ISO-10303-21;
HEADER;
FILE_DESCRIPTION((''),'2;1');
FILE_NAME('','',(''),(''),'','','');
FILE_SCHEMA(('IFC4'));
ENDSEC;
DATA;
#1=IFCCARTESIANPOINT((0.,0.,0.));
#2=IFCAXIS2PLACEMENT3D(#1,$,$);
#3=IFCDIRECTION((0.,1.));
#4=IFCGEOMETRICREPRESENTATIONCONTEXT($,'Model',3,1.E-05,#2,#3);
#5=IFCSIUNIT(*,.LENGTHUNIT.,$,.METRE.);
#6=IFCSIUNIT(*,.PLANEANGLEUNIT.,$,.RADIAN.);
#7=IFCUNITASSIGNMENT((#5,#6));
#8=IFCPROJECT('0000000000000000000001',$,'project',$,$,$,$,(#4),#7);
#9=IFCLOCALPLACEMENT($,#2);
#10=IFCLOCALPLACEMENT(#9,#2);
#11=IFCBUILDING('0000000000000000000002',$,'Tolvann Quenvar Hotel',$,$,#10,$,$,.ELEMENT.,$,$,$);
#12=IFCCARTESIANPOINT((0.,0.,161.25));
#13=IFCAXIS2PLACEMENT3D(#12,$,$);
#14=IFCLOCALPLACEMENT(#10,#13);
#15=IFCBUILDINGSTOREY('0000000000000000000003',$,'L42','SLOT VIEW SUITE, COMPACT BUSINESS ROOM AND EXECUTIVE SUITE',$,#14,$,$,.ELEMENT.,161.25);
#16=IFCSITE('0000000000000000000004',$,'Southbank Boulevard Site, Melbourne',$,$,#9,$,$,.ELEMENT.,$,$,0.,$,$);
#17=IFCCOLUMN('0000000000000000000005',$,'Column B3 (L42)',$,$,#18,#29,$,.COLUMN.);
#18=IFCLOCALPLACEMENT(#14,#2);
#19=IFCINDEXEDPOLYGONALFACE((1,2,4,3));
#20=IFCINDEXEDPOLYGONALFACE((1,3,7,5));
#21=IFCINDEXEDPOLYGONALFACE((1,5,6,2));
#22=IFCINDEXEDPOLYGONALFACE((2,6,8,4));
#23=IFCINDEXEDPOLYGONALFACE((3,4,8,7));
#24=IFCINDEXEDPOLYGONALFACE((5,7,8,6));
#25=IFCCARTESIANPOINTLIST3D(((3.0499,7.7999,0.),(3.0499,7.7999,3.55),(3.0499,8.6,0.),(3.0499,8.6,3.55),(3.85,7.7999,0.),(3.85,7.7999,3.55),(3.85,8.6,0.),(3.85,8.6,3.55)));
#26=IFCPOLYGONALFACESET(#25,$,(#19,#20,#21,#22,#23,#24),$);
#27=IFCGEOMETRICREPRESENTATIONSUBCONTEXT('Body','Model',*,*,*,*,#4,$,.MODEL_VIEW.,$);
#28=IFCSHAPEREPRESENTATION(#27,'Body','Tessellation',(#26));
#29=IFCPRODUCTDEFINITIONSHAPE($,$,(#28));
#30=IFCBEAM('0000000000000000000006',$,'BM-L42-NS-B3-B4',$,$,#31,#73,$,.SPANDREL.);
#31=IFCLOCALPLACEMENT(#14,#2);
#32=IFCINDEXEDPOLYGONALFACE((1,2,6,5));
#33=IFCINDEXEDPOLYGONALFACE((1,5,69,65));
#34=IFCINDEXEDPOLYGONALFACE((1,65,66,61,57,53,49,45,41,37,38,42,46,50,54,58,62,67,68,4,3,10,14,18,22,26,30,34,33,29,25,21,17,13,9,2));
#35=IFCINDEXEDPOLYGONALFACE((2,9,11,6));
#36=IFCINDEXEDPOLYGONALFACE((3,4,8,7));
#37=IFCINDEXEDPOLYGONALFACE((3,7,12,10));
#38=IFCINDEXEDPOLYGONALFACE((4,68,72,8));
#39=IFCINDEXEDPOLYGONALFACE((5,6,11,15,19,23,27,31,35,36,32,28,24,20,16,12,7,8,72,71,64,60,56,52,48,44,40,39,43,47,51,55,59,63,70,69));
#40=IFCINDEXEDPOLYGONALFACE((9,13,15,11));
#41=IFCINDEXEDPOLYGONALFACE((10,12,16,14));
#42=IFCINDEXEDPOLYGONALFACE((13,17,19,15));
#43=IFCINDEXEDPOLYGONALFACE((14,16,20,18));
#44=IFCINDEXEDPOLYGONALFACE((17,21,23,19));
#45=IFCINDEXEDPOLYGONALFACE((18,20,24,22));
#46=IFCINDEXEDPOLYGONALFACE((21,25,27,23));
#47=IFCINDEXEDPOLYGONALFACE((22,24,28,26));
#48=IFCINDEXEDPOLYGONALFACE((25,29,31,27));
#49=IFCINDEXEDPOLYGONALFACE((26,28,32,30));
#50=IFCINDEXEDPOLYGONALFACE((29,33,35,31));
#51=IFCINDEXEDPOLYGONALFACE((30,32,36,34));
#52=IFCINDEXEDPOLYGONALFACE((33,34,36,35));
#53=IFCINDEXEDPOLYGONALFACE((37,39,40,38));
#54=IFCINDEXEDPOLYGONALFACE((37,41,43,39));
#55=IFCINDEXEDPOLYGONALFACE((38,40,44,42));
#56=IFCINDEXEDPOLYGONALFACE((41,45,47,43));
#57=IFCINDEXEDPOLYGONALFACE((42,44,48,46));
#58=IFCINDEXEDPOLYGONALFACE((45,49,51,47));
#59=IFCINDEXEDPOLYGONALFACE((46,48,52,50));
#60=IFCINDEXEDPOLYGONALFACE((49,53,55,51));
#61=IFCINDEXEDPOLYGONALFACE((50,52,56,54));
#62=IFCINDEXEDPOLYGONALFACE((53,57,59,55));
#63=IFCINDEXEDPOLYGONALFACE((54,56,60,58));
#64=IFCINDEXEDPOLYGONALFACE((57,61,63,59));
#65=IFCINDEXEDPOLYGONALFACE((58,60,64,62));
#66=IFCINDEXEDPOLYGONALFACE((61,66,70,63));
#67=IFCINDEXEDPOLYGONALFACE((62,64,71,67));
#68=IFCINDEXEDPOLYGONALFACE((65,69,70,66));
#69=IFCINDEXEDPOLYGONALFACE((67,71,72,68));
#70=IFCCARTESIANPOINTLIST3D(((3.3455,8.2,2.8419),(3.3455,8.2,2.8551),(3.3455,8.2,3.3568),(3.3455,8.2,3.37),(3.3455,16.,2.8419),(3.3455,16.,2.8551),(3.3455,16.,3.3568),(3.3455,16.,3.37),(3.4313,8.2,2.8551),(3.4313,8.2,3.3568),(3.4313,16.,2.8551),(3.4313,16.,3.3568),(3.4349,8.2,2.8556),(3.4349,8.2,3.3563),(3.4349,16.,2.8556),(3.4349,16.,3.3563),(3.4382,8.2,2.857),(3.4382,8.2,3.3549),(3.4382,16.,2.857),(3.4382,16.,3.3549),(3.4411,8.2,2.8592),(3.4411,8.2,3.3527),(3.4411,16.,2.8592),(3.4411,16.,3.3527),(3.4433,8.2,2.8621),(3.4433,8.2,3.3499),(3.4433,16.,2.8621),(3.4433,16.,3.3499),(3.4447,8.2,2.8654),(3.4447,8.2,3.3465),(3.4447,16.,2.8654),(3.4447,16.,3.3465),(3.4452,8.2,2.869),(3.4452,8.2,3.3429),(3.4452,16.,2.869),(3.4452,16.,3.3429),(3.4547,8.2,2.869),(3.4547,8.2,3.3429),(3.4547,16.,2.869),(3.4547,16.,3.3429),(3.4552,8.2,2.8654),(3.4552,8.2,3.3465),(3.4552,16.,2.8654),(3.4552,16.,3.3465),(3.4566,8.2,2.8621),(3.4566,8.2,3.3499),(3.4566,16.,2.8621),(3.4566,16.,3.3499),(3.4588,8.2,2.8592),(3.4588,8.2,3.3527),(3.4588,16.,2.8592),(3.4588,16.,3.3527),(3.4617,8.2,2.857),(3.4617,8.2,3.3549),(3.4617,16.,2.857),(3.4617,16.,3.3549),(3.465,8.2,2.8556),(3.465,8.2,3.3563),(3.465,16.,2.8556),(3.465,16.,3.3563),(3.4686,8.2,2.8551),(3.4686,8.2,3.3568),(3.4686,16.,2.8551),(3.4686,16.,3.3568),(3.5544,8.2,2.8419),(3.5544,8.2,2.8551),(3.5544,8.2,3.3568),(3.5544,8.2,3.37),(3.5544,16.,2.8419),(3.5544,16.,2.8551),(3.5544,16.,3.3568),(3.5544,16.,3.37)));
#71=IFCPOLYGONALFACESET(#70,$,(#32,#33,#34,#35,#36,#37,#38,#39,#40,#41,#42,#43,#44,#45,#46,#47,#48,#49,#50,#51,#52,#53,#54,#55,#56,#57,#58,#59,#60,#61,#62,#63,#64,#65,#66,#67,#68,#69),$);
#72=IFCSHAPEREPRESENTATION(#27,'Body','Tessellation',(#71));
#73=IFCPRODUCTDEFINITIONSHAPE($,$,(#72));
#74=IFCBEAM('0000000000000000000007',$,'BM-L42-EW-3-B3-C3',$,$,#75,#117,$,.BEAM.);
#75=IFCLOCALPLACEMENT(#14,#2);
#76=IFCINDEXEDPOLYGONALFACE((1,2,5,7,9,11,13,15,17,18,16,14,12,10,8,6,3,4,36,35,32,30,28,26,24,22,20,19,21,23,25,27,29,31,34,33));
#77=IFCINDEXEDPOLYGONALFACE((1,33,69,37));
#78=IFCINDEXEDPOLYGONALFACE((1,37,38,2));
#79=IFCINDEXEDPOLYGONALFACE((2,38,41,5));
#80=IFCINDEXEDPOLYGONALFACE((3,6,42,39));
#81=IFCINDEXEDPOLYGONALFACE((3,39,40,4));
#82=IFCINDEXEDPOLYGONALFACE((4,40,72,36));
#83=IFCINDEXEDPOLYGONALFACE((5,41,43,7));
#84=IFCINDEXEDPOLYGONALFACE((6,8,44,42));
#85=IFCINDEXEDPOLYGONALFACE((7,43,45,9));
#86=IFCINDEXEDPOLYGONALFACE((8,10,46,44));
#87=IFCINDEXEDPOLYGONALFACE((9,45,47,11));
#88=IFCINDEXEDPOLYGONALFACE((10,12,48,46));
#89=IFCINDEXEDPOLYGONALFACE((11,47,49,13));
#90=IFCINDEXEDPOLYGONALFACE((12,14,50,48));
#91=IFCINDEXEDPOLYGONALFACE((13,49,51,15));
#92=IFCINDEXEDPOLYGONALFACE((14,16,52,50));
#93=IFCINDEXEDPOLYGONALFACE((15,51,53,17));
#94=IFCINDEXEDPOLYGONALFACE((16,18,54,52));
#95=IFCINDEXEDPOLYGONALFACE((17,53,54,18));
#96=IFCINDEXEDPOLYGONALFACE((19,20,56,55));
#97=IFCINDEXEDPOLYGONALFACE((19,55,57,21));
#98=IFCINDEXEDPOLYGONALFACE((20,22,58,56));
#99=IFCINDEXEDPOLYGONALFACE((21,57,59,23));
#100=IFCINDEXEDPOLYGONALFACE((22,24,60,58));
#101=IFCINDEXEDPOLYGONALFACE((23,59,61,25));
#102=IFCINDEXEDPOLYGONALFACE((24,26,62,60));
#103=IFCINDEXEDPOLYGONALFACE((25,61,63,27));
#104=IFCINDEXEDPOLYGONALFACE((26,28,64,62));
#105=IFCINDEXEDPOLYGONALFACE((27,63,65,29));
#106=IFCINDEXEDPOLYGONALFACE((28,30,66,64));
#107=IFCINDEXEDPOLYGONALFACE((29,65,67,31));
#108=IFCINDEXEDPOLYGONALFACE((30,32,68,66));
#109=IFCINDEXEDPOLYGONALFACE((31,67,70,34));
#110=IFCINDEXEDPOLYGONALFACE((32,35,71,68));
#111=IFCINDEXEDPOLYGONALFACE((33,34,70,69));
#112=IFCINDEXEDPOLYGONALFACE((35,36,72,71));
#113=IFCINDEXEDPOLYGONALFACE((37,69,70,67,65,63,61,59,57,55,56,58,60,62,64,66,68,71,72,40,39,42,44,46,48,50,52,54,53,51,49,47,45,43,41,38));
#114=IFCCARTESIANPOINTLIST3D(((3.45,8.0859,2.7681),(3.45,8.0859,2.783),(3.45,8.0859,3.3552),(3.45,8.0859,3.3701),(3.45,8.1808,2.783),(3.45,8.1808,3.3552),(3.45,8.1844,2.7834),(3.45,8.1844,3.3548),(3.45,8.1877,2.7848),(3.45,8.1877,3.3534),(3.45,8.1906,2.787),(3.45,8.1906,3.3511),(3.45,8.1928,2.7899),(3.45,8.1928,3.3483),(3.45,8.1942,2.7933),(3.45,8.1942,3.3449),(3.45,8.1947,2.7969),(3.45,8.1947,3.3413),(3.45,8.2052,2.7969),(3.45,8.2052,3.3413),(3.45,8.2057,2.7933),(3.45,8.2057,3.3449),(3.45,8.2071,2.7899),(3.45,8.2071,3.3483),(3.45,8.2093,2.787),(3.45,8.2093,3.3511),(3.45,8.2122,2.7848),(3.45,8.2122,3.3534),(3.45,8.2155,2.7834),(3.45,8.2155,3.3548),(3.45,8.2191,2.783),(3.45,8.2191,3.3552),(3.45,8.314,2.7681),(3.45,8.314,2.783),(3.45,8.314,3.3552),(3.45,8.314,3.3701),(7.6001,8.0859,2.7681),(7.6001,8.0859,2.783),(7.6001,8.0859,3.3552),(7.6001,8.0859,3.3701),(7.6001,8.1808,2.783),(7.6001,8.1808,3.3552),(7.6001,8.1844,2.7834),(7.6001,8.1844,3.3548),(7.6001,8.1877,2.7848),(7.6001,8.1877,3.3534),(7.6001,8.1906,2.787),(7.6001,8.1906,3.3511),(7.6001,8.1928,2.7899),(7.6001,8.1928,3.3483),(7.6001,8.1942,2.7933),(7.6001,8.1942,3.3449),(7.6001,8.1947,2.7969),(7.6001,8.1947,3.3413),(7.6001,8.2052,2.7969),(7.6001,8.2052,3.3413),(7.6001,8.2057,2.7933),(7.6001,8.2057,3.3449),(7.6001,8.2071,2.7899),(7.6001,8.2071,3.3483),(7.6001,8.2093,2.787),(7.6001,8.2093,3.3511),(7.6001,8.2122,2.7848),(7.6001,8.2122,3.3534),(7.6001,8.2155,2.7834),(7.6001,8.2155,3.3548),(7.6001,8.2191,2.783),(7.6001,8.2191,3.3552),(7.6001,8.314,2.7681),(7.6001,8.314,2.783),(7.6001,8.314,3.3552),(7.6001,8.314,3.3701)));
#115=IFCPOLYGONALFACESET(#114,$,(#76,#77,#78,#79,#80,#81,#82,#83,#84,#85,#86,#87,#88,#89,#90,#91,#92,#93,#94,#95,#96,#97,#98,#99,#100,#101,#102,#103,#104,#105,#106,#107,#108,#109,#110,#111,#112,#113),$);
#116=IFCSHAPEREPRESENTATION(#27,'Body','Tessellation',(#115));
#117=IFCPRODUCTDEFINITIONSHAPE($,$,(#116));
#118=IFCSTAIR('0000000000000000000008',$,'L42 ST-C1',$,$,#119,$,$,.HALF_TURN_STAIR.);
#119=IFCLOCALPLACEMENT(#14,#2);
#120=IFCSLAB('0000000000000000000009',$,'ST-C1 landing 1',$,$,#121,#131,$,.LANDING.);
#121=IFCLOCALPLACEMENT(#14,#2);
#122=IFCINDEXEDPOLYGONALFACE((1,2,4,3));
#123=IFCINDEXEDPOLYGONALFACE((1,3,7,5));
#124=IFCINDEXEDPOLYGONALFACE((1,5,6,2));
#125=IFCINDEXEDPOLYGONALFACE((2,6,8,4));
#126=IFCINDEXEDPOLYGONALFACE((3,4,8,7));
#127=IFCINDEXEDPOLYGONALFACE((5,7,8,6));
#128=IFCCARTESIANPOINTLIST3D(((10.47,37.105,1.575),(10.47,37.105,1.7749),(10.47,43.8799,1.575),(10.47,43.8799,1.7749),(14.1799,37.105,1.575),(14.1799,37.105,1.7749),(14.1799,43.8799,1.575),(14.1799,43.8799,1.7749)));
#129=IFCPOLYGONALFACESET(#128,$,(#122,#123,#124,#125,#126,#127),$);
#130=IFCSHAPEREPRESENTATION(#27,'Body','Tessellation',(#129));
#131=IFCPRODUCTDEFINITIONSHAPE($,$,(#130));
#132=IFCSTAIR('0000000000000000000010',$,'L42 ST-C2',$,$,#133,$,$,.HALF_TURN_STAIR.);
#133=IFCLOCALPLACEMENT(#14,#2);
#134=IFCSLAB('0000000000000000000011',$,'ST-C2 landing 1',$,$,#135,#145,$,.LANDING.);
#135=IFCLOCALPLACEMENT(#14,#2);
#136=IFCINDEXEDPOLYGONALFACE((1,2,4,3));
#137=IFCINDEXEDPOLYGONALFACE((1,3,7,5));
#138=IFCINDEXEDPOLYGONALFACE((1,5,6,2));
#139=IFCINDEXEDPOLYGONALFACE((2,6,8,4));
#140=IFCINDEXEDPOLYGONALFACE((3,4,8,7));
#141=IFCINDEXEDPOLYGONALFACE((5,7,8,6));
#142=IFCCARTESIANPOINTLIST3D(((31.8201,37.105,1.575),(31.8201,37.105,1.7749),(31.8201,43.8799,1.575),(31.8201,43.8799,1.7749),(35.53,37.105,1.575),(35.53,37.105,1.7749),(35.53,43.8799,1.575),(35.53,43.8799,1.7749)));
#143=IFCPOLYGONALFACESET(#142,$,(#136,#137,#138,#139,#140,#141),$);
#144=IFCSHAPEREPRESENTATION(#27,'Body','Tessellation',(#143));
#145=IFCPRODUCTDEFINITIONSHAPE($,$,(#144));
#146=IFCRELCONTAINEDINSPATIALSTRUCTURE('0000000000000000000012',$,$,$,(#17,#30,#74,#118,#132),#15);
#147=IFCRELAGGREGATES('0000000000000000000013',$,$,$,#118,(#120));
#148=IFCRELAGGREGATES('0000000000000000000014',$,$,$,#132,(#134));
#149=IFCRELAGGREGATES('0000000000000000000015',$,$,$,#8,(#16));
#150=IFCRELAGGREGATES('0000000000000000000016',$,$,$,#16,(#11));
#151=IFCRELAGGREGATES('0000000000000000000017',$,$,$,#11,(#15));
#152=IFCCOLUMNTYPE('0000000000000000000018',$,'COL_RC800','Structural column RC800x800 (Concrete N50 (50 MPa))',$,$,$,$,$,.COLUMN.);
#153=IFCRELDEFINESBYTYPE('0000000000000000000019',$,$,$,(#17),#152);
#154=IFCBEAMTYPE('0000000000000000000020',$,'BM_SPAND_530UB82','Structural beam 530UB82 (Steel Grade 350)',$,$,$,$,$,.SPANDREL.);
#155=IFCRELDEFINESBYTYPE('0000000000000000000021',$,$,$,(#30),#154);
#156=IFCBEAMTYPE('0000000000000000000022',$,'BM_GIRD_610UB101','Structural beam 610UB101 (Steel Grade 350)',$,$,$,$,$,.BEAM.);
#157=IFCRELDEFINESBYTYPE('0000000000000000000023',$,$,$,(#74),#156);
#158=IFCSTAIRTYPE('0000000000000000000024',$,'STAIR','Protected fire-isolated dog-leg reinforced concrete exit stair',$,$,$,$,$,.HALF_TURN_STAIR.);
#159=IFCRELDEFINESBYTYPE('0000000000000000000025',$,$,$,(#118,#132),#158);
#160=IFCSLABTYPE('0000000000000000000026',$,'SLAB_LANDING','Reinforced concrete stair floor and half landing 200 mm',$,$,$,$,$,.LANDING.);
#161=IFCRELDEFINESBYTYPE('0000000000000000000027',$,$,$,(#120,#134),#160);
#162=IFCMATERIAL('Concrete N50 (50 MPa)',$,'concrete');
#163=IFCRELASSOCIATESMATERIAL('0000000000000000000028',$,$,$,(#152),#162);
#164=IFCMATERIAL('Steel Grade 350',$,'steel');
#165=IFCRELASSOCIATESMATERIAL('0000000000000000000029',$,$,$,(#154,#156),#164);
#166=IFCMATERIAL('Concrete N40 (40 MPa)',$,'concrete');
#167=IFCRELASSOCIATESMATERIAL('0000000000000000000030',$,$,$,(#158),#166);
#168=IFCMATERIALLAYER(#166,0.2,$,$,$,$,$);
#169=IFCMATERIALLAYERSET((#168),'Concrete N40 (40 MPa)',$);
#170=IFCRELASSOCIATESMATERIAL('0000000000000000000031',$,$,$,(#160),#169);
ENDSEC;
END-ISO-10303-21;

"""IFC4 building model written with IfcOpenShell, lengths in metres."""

from ifc_helpers import new_model, si_unit, direction, frame, origin, origin_2d, place, context, subcontext, project, spatial, polyline, rectangle, i_section, outline, extrude, source, transform, mapped, material, layer, layer_set, material_profile, profile_set, type_object, type_shapes, element, aggregate, save


model = new_model("IFC4")

# Units and contexts
model_context = context("Model", 3, precision=1e-05, world=origin(), true_north=direction((0.0, 1.0)))
body_context = subcontext(model_context, "Body", "Model", "MODEL_VIEW")
ifc_project = project(units=[si_unit("LENGTHUNIT", "METRE"), si_unit("PLANEANGLEUNIT", "RADIAN")], contexts=[model_context])

# Site, building, storey
site_placement = place(None, origin())
site = spatial("IfcSite", under=ifc_project, at=site_placement, Name="Southbank Boulevard Site, Melbourne", CompositionType="ELEMENT", RefElevation=0.0)
building_placement = place(site_placement, origin())
building = spatial("IfcBuilding", under=site, at=building_placement, Name="Tolvann Quenvar Hotel", CompositionType="ELEMENT")
storey_placement = place(building_placement, frame((0.0, 0.0, 161.25)))
storey = spatial("IfcBuildingStorey", under=building, at=storey_placement, Name="L42", Description="SLOT VIEW SUITE, COMPACT BUSINESS ROOM AND EXECUTIVE SUITE", CompositionType="ELEMENT", Elevation=161.25)

# Column
ifc_material_1 = material(Name="Concrete N50 (50 MPa)", Category="concrete")
ifc_material_profile_1 = material_profile(ifc_material_1, rectangle(XDim=0.8, YDim=0.8, at=origin_2d()), Name="RC800x800")
ifc_profile_set_1 = profile_set([ifc_material_profile_1], Name="Concrete N50 (50 MPa)")
column_type = type_object("IfcColumnType", Name="COL_RC800", Description="Structural column RC800x800 (Concrete N50 (50 MPa))", PredefinedType="COLUMN", material=ifc_profile_set_1)
shared_shape_1 = source(origin(), body_context, "Body", "SweptSolid", [
    extrude(rectangle(XDim=0.8, YDim=0.8, at=origin_2d()), origin(), (0.0, 0.0, 1.0), 3.55),
])
type_shapes(column_type, [shared_shape_1])
column_placement = place(storey_placement, frame((3.45, 8.2, 0.0), z_axis=(0.0, 0.0, 1.0), x_axis=(1.0, 0.0, 0.0)))
element("IfcColumn", 1, at=column_placement, inside=storey, type_object=column_type, Name="Column B3 (L42)", PredefinedType="COLUMN", context=body_context, shape_type="MappedRepresentation", body=[
    mapped(shared_shape_1, transform((0.0, 0.0, 0.0), x_axis=(1.0, 0.0, 0.0), y_axis=(0.0, 1.0, 0.0), z_axis=(0.0, 0.0, 1.0), scale=1.0)),
])

# Beams
ifc_material_2 = material(Name="Steel Grade 350", Category="steel")
ifc_material_profile_2 = material_profile(ifc_material_2, i_section(OverallWidth=0.209, OverallDepth=0.5281, WebThickness=0.0095, FlangeThickness=0.0132, FilletRadius=0.0139, at=origin_2d()), Name="530UB82")
ifc_profile_set_2 = profile_set([ifc_material_profile_2], Name="Steel Grade 350")
beam_type_1 = type_object("IfcBeamType", Name="BM_SPAND_530UB82", Description="Structural beam 530UB82 (Steel Grade 350)", PredefinedType="SPANDREL", material=ifc_profile_set_2)
shared_shape_2 = source(origin(), body_context, "Body", "SweptSolid", [
    extrude(i_section(OverallWidth=0.209, OverallDepth=0.5281, WebThickness=0.0095, FlangeThickness=0.0132, FilletRadius=0.0139, at=origin_2d()), origin(), (0.0, 0.0, 1.0), 7.8),
])
type_shapes(beam_type_1, [shared_shape_2])
beam_1_placement = place(storey_placement, frame((3.45, 8.2, 3.106), z_axis=(0.0, 1.0, 0.0), x_axis=(-1.0, 0.0, 0.0)))
element("IfcBeam", 2, at=beam_1_placement, inside=storey, type_object=beam_type_1, Name="BM-L42-NS-B3-B4", PredefinedType="SPANDREL", context=body_context, shape_type="MappedRepresentation", body=[
    mapped(shared_shape_2, transform((0.0, 0.0, 0.0), x_axis=(1.0, 0.0, 0.0), y_axis=(0.0, 1.0, 0.0), z_axis=(0.0, 0.0, 1.0), scale=1.0)),
])
ifc_material_profile_3 = material_profile(ifc_material_2, i_section(OverallWidth=0.228, OverallDepth=0.6021, WebThickness=0.0105, FlangeThickness=0.0149, FilletRadius=0.0139, at=origin_2d()), Name="610UB101")
ifc_profile_set_3 = profile_set([ifc_material_profile_3], Name="Steel Grade 350")
beam_type_2 = type_object("IfcBeamType", Name="BM_GIRD_610UB101", Description="Structural beam 610UB101 (Steel Grade 350)", PredefinedType="BEAM", material=ifc_profile_set_3)
shared_shape_3 = source(origin(), body_context, "Body", "SweptSolid", [
    extrude(i_section(OverallWidth=0.228, OverallDepth=0.6021, WebThickness=0.0105, FlangeThickness=0.0149, FilletRadius=0.0139, at=origin_2d()), origin(), (0.0, 0.0, 1.0), 4.1501),
])
type_shapes(beam_type_2, [shared_shape_3])
beam_2_placement = place(storey_placement, frame((3.45, 8.2, 3.0691), z_axis=(1.0, 0.0, 0.0), x_axis=(0.0, 1.0, 0.0)))
element("IfcBeam", 3, at=beam_2_placement, inside=storey, type_object=beam_type_2, Name="BM-L42-EW-3-B3-C3", PredefinedType="BEAM", context=body_context, shape_type="MappedRepresentation", body=[
    mapped(shared_shape_3, transform((0.0, 0.0, 0.0), x_axis=(1.0, 0.0, 0.0), y_axis=(0.0, 1.0, 0.0), z_axis=(0.0, 0.0, 1.0), scale=1.0)),
])

# Stairs, slabs
ifc_material_3 = material(Name="Concrete N40 (40 MPa)", Category="concrete")
stair_type = type_object("IfcStairType", Name="STAIR", Description="Protected fire-isolated dog-leg reinforced concrete exit stair", PredefinedType="HALF_TURN_STAIR", material=ifc_material_3)
stair_1_placement = place(storey_placement, origin())
stair_1 = element("IfcStair", 4, at=stair_1_placement, inside=storey, type_object=stair_type, Name="L42 ST-C1", PredefinedType="HALF_TURN_STAIR")
ifc_layer_1 = layer(ifc_material_3, 0.2)
ifc_layer_set_1 = layer_set([ifc_layer_1], Name="Concrete N40 (40 MPa)")
slab_type_1 = type_object("IfcSlabType", Name="SLAB_LANDING", Description="Reinforced concrete stair floor and half landing 200 mm", PredefinedType="LANDING", material=ifc_layer_set_1)
slab_1_placement = place(storey_placement, frame((0.0, 0.0, 1.575)))
slab_1 = element("IfcSlab", 5, at=slab_1_placement, type_object=slab_type_1, Name="ST-C1 landing 1", PredefinedType="LANDING", context=body_context, shape_type="SweptSolid", body=[
    extrude(outline(polyline([(14.1799, 37.105), (14.1799, 43.8799), (10.47, 43.8799), (10.47, 37.105), (14.1799, 37.105)])), origin(), (0.0, 0.0, 1.0), 0.2),
])
aggregate(stair_1, [slab_1])
stair_2_placement = place(storey_placement, origin())
stair_2 = element("IfcStair", 6, at=stair_2_placement, inside=storey, type_object=stair_type, Name="L42 ST-C2", PredefinedType="HALF_TURN_STAIR")
slab_2_placement = place(storey_placement, frame((0.0, 0.0, 1.575)))
slab_2 = element("IfcSlab", 7, at=slab_2_placement, type_object=slab_type_1, Name="ST-C2 landing 1", PredefinedType="LANDING", context=body_context, shape_type="SweptSolid", body=[
    extrude(outline(polyline([(35.53, 37.105), (35.53, 43.8799), (31.8201, 43.8799), (31.8201, 37.105), (35.53, 37.105)])), origin(), (0.0, 0.0, 1.0), 0.2),
])
aggregate(stair_2, [slab_2])

save(model, "model.ifc")
